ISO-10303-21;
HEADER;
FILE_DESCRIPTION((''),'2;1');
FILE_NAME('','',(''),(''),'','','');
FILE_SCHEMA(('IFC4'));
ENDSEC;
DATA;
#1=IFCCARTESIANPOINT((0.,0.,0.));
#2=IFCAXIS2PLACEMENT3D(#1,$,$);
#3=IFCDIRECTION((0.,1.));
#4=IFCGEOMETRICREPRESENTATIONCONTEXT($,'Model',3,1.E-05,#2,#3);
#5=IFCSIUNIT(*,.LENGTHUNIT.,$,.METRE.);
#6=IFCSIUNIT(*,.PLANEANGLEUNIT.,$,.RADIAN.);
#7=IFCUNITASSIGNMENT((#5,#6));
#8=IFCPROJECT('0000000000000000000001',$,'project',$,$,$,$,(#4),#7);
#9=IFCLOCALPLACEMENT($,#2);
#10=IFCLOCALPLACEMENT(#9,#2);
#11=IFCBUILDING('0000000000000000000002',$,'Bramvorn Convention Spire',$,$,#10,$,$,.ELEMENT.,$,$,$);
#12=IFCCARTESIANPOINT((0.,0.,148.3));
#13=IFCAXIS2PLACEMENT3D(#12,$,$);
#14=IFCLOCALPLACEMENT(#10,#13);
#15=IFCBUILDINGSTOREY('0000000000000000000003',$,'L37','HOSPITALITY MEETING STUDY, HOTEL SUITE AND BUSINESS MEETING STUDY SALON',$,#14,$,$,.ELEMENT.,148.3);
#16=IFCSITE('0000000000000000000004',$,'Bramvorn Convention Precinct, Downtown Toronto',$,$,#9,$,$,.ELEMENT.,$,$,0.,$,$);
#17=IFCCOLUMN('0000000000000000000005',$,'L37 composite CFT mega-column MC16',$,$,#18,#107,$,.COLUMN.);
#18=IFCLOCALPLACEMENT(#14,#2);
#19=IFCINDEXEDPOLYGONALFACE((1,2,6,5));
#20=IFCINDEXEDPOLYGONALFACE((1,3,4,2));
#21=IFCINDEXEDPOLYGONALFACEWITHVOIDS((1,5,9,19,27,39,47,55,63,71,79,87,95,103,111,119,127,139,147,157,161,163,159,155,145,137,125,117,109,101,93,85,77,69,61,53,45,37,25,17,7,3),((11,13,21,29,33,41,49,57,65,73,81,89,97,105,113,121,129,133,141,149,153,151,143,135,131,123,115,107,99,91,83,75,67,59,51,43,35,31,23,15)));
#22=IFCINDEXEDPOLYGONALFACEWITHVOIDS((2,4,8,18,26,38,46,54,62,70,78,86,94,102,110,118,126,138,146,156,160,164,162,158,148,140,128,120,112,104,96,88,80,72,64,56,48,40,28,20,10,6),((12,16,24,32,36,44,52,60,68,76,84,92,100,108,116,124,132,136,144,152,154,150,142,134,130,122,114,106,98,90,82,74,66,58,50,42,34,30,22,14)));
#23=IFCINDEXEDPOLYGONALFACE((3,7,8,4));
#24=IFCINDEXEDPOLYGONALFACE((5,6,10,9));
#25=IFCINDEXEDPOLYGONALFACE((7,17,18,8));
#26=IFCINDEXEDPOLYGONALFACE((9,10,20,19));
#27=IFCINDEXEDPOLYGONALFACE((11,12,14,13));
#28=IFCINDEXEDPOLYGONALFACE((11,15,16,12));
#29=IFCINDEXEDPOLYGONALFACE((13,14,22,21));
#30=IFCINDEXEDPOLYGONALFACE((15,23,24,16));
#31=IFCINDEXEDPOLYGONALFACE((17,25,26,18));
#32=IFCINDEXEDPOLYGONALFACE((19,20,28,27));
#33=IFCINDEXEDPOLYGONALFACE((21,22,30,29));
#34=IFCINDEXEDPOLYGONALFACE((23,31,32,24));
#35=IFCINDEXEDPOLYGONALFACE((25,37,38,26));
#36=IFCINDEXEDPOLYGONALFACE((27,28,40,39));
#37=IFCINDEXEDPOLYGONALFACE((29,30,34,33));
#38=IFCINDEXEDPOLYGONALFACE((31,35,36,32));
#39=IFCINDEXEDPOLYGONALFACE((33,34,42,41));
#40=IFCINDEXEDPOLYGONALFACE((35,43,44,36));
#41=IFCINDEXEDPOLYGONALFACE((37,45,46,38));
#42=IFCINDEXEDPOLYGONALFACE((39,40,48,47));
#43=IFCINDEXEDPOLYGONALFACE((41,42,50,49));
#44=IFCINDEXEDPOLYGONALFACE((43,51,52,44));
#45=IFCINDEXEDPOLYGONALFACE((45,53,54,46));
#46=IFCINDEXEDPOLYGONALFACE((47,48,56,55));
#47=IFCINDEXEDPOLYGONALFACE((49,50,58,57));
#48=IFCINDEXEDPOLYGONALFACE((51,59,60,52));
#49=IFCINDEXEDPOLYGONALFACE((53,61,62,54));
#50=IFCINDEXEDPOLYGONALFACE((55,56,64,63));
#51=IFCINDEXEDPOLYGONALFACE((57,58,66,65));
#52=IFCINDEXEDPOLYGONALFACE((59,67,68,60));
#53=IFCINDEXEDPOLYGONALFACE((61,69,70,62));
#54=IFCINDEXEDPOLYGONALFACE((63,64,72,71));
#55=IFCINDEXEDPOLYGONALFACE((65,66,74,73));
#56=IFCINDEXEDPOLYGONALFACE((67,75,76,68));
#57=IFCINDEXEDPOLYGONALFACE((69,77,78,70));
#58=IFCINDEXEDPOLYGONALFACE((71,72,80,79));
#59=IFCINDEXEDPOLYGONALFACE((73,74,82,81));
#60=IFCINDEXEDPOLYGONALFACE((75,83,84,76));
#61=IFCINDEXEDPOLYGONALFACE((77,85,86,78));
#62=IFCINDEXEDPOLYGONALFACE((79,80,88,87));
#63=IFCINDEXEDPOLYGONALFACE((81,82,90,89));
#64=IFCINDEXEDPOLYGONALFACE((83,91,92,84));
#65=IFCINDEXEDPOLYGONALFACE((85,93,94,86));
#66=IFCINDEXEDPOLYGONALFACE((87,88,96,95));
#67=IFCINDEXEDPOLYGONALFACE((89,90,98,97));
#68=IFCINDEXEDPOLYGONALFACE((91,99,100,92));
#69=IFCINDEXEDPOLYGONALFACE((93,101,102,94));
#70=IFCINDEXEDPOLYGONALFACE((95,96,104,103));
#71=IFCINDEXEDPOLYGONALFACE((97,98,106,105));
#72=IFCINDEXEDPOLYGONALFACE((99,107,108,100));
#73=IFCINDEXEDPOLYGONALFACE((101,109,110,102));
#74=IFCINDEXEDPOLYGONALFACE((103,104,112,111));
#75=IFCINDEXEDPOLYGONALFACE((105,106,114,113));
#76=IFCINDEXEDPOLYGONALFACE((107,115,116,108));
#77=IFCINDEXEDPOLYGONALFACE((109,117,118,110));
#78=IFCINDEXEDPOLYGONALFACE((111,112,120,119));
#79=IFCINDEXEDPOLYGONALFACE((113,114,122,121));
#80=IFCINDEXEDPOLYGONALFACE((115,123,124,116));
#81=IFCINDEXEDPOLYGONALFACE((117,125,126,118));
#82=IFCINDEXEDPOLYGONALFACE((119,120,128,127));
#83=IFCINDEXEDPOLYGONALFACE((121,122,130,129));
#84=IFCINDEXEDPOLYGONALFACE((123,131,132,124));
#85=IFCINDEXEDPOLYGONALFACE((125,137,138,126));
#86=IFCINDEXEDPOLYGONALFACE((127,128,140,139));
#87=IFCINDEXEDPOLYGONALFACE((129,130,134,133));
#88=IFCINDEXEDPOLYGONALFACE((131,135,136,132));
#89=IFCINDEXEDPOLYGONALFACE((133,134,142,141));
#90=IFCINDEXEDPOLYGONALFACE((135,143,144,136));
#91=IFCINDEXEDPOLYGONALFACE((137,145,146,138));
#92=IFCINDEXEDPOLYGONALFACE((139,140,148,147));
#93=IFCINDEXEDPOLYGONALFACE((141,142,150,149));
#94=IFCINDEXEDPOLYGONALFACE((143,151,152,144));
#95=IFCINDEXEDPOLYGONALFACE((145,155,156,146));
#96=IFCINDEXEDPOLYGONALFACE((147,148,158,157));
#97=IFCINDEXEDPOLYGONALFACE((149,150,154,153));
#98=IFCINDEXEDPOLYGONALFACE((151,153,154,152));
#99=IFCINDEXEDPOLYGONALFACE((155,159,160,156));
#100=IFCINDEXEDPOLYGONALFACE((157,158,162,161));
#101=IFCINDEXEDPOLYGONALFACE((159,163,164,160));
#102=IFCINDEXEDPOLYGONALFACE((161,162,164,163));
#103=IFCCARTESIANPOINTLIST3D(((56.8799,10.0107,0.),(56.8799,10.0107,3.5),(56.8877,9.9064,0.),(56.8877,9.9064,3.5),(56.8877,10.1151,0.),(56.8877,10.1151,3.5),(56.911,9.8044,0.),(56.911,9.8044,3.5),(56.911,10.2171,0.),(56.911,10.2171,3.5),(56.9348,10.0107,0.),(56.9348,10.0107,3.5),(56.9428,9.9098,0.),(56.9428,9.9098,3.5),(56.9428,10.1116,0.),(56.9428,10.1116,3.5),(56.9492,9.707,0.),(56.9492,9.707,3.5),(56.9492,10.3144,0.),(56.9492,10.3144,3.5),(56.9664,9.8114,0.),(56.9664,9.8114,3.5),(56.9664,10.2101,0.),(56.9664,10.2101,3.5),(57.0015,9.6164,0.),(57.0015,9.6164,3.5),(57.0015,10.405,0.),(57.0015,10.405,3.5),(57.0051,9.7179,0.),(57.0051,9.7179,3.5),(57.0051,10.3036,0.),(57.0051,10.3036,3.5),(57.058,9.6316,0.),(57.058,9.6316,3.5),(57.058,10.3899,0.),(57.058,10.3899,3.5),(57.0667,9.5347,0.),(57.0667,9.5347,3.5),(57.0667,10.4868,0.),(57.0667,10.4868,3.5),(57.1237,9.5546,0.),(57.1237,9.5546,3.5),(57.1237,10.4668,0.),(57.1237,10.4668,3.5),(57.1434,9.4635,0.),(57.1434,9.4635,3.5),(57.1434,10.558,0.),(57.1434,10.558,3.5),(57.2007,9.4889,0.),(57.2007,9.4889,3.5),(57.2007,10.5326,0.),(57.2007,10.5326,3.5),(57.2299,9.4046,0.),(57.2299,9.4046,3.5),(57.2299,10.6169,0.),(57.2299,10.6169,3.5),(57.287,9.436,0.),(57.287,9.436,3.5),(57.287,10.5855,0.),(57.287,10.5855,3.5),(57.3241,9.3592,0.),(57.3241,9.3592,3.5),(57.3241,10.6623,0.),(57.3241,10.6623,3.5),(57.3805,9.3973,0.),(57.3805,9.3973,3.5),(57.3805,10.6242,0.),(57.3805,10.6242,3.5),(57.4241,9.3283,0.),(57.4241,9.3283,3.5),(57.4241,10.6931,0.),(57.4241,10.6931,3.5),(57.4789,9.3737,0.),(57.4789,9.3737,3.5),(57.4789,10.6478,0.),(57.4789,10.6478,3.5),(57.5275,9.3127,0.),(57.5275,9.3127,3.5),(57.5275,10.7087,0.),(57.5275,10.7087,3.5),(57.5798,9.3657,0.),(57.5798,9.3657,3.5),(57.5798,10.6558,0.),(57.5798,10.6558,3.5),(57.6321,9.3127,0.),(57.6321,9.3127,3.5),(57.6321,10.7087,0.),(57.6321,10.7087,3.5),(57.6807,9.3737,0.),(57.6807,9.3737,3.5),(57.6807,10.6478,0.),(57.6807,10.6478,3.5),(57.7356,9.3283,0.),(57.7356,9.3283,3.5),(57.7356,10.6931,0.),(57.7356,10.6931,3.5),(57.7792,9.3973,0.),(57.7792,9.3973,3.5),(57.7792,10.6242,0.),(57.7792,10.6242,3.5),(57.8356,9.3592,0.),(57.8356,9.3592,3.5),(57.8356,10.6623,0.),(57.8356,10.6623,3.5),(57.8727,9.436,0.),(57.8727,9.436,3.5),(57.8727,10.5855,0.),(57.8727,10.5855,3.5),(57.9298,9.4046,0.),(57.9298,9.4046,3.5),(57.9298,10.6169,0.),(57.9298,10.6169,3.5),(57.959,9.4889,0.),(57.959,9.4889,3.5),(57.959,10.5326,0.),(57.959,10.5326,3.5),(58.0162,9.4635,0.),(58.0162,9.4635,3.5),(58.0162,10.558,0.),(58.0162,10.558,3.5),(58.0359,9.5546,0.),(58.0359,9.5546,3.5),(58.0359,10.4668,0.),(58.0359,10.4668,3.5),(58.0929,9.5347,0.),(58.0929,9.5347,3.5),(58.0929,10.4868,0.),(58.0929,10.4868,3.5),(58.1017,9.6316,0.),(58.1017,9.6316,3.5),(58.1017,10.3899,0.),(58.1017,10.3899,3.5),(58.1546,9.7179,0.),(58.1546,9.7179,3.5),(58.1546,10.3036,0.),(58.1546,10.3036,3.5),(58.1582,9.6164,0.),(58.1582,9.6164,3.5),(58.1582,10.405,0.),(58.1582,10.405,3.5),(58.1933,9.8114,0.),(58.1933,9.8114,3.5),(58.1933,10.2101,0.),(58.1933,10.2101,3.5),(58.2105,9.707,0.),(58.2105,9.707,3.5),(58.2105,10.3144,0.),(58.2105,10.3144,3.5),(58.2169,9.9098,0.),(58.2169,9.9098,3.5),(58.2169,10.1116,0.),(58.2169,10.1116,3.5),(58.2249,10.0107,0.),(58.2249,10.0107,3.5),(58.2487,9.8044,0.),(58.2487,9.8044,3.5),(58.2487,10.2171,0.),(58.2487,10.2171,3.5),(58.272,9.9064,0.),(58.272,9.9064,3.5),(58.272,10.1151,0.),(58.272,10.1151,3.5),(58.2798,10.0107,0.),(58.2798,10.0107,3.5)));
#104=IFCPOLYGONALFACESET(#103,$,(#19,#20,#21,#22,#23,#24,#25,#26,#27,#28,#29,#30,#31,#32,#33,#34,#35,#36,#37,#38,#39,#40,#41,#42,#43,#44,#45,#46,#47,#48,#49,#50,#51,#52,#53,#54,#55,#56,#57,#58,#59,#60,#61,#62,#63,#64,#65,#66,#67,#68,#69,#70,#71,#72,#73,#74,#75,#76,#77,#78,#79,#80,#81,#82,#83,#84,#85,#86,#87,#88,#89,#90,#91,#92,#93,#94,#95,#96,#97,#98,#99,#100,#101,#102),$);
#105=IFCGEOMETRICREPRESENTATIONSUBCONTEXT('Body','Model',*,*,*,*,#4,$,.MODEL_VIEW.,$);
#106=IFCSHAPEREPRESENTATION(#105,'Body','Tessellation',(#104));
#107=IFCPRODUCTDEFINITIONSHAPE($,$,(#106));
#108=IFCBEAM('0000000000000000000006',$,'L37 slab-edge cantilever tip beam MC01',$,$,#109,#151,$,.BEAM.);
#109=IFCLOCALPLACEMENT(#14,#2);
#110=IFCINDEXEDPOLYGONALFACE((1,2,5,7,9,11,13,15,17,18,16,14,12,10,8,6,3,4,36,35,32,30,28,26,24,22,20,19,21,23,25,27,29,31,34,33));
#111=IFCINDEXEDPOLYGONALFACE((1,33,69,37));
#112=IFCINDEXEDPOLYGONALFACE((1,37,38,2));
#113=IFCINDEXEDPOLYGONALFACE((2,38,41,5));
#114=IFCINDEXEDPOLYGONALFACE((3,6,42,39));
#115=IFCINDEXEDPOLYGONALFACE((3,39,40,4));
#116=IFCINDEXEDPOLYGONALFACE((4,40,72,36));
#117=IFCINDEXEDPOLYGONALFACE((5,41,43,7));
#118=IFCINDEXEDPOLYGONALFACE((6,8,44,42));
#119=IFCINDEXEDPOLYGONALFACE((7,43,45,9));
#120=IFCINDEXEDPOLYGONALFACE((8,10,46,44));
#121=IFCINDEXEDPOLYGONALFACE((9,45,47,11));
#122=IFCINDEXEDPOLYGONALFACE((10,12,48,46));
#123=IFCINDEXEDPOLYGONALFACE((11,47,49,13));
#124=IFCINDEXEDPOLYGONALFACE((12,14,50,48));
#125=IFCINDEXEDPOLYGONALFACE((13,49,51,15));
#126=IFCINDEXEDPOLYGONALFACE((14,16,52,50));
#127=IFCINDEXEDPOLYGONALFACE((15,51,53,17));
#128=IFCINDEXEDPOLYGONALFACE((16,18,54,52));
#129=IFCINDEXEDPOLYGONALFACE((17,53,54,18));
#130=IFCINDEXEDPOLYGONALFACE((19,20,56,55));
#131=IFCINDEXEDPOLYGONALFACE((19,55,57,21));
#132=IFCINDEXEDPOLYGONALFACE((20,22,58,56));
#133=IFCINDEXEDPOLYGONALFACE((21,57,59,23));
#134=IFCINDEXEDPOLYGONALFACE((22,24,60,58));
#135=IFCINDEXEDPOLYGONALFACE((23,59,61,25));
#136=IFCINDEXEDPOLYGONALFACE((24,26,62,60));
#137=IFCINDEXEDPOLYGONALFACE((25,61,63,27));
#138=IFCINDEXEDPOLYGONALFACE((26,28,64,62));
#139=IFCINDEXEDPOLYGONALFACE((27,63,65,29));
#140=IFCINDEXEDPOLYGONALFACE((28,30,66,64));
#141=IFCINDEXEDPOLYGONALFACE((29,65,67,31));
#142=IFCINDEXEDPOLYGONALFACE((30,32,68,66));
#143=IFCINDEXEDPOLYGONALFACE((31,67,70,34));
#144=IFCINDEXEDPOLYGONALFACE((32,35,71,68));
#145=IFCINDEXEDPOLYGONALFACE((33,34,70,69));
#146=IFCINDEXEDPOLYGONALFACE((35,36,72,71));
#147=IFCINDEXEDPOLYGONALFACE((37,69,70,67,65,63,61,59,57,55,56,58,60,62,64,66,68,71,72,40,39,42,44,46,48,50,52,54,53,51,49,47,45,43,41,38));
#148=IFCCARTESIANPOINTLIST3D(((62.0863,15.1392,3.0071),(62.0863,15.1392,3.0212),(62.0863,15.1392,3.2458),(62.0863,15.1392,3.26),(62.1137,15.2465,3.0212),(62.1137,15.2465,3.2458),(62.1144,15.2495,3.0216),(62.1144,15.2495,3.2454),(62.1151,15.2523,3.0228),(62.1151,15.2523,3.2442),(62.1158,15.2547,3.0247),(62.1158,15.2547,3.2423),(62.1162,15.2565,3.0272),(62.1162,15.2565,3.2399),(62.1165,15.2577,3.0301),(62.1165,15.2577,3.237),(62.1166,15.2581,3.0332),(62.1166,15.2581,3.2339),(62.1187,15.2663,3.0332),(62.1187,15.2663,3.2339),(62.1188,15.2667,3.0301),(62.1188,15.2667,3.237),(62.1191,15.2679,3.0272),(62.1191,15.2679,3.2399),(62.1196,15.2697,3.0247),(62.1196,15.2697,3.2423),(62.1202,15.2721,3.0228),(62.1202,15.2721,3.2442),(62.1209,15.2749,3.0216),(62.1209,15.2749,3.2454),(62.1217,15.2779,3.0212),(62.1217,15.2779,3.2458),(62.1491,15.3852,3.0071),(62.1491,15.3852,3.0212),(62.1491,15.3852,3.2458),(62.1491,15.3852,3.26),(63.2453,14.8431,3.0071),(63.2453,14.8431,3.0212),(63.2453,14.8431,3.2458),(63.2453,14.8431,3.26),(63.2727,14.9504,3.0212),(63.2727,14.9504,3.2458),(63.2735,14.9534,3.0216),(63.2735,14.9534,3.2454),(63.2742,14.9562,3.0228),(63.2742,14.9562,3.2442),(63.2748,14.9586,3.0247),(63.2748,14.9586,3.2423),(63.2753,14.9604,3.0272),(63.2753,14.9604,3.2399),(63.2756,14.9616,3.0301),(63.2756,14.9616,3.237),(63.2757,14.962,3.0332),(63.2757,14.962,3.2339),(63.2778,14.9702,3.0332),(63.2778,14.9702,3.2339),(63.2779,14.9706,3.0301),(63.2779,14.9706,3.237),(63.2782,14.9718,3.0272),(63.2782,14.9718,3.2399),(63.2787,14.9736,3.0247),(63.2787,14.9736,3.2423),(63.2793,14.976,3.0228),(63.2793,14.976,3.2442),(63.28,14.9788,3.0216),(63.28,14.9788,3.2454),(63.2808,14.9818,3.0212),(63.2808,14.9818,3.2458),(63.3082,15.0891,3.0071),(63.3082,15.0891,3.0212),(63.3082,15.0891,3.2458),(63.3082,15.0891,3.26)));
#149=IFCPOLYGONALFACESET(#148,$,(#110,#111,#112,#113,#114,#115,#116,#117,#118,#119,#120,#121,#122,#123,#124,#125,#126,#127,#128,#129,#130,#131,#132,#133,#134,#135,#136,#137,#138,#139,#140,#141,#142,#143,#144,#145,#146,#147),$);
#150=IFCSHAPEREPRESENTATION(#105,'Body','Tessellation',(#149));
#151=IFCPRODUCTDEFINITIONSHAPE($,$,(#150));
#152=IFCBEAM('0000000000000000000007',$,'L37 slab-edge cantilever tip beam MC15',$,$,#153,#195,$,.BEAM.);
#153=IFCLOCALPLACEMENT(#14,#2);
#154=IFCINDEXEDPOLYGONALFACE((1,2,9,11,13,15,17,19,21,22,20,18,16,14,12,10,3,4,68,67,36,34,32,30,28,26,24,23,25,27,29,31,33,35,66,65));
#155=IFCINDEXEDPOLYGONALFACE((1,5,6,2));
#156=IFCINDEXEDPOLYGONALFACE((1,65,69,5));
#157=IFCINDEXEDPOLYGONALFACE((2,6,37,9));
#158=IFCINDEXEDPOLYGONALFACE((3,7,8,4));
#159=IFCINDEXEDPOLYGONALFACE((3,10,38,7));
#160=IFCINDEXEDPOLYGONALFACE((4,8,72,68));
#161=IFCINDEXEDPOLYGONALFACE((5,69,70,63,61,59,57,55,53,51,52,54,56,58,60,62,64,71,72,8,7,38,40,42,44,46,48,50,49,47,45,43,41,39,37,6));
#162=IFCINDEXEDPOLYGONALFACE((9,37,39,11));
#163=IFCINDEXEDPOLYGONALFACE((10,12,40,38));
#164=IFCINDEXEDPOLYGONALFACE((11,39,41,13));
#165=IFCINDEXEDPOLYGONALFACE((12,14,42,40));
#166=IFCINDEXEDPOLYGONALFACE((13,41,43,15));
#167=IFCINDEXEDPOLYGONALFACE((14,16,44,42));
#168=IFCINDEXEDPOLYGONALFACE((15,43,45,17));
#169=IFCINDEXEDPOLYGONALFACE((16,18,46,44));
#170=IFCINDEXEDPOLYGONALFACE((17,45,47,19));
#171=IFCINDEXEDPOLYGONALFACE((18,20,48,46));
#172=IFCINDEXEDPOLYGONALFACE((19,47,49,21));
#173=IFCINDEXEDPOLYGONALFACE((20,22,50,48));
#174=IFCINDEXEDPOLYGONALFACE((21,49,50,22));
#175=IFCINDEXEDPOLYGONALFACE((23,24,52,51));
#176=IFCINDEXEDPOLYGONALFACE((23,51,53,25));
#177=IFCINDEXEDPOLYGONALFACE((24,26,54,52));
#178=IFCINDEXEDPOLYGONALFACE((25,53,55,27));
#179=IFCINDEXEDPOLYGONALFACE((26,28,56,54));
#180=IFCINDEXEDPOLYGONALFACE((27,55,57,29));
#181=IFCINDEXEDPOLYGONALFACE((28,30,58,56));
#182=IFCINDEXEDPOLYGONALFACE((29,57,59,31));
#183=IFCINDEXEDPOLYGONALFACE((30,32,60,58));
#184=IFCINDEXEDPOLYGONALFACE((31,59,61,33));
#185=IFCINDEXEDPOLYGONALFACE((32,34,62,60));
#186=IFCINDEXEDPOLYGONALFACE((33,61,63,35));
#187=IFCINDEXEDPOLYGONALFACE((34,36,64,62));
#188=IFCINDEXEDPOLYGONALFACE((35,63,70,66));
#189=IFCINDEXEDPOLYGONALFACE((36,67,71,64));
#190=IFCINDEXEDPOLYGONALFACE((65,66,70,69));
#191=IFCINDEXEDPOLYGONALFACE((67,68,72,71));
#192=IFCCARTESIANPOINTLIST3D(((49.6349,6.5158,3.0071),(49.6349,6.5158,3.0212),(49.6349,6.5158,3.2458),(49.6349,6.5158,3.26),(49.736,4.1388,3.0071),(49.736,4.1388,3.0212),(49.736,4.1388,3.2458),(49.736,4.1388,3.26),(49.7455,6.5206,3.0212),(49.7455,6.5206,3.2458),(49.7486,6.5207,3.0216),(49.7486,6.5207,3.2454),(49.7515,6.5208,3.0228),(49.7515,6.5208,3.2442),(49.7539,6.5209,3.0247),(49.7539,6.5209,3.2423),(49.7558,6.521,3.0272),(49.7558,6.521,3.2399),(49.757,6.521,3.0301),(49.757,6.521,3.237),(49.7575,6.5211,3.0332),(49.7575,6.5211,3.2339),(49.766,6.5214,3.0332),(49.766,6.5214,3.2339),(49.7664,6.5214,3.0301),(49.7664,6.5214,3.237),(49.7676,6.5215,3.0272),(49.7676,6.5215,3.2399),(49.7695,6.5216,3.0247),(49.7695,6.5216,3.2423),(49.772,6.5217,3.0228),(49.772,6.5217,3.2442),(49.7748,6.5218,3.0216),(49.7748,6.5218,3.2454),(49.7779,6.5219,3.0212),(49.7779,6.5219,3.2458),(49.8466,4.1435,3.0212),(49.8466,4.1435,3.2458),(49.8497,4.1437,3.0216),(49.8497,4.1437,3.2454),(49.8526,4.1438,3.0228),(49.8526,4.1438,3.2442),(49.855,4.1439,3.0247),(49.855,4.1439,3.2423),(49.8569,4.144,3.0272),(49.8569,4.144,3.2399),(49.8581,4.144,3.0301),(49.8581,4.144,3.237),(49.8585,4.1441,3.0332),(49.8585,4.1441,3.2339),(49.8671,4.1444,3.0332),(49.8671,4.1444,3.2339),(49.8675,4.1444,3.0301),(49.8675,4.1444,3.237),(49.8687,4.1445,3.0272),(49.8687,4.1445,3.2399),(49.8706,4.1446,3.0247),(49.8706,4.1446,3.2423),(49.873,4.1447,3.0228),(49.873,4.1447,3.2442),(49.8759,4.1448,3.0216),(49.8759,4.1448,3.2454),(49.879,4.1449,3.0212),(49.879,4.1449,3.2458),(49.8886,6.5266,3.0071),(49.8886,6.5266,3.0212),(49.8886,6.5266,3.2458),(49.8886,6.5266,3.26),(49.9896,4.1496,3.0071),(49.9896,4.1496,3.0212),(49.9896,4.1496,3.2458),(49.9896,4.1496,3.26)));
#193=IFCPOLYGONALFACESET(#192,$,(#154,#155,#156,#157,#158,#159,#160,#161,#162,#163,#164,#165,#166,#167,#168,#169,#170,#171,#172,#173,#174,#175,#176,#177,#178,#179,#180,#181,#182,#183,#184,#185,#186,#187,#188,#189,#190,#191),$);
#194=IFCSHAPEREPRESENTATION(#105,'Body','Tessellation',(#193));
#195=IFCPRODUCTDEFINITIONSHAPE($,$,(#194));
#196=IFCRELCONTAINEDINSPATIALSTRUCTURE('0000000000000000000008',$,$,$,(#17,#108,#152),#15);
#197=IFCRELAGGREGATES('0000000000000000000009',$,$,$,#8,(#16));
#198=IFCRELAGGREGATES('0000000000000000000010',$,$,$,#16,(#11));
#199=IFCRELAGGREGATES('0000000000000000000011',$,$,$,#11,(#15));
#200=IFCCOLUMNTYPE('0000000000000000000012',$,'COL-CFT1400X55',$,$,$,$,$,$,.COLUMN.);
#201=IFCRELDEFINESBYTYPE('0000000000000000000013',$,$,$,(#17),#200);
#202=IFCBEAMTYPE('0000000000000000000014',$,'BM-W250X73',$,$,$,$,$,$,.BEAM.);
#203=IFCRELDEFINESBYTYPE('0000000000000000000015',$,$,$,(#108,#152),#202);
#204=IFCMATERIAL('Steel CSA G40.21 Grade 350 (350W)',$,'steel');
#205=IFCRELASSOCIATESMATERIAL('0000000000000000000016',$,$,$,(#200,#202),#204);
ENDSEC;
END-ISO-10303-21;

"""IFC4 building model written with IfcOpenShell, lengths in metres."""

from ifc_helpers import new_model, si_unit, direction, frame, origin, origin_2d, place, context, subcontext, project, spatial, hollow_circle, i_section, extrude, material, material_profile, profile_set, type_object, element, save


model = new_model("IFC4")

# Units and contexts
model_context = context("Model", 3, precision=1e-05, world=origin(), true_north=direction((0.0, 1.0)))
body_context = subcontext(model_context, "Body", "Model", "MODEL_VIEW")
ifc_project = project(units=[si_unit("LENGTHUNIT", "METRE"), si_unit("PLANEANGLEUNIT", "RADIAN")], contexts=[model_context])

# Site, building, storey
site_placement = place(None, origin())
site = spatial("IfcSite", under=ifc_project, at=site_placement, Name="Bramvorn Convention Precinct, Downtown Toronto", CompositionType="ELEMENT", RefElevation=0.0)
building_placement = place(site_placement, origin())
building = spatial("IfcBuilding", under=site, at=building_placement, Name="Bramvorn Convention Spire", CompositionType="ELEMENT")
storey_placement = place(building_placement, frame((0.0, 0.0, 148.3)))
storey = spatial("IfcBuildingStorey", under=building, at=storey_placement, Name="L37", Description="HOSPITALITY MEETING STUDY, HOTEL SUITE AND BUSINESS MEETING STUDY SALON", CompositionType="ELEMENT", Elevation=148.3)

# Column
ifc_material_1 = material(Name="Steel CSA G40.21 Grade 350 (350W)", Category="steel")
ifc_material_profile_1 = material_profile(ifc_material_1, hollow_circle(Radius=0.7, WallThickness=0.0549, at=origin_2d()))
ifc_profile_set_1 = profile_set([ifc_material_profile_1], Name="Steel CSA G40.21 Grade 350 (350W) - CFT1400X55")
column_type = type_object("IfcColumnType", Name="COL-CFT1400X55", PredefinedType="COLUMN", material=ifc_profile_set_1)
for number, where, z_axis, x_axis, name in (
    (1, (57.5798, 10.0107, 0.0), (0.0, 0.0, 1.0), (1.0, 0.0, 0.0), "L37 composite CFT mega-column MC16"),
):
    element("IfcColumn", number, at=place(storey_placement, frame(where, z_axis=z_axis, x_axis=x_axis)), inside=storey, type_object=column_type, Name=name, PredefinedType="COLUMN", context=body_context, shape_type="SweptSolid", body=[
        extrude(hollow_circle(Radius=0.7, WallThickness=0.0549, at=origin_2d()), origin(), (0.0, 0.0, 1.0), 3.5),
    ])

# Beams
ifc_material_profile_2 = material_profile(ifc_material_1, i_section(OverallWidth=0.2539, OverallDepth=0.2529, WebThickness=0.0085, FlangeThickness=0.0142, FilletRadius=0.012, at=origin_2d()))
ifc_profile_set_2 = profile_set([ifc_material_profile_2], Name="Steel CSA G40.21 Grade 350 (350W) - W250X73")
beam_type_1 = type_object("IfcBeamType", Name="BM-W250X73", PredefinedType="BEAM", material=ifc_profile_set_2)
beam_1_placement = place(storey_placement, frame((62.1177, 15.2622, 3.1335), z_axis=(0.968881, -0.247526, 0.0), x_axis=(0.247526, 0.968881, 0.0)))
element("IfcBeam", 2, at=beam_1_placement, inside=storey, type_object=beam_type_1, Name="L37 slab-edge cantilever tip beam MC01", PredefinedType="BEAM", context=body_context, shape_type="SweptSolid", body=[
    extrude(i_section(OverallWidth=0.2539, OverallDepth=0.2529, WebThickness=0.0085, FlangeThickness=0.0142, FilletRadius=0.012, at=origin_2d()), origin(), (0.0, 0.0, 1.0), 1.1963),
])
beam_2_placement = place(storey_placement, frame((49.7617, 6.5212, 3.1335), z_axis=(0.042484, -0.999097, 0.0), x_axis=(0.999097, 0.042484, 0.0)))
element("IfcBeam", 3, at=beam_2_placement, inside=storey, type_object=beam_type_1, Name="L37 slab-edge cantilever tip beam MC15", PredefinedType="BEAM", context=body_context, shape_type="SweptSolid", body=[
    extrude(i_section(OverallWidth=0.2539, OverallDepth=0.2529, WebThickness=0.0085, FlangeThickness=0.0142, FilletRadius=0.012, at=origin_2d()), origin(), (0.0, 0.0, 1.0), 2.3792),
])

save(model, "model.ifc")
